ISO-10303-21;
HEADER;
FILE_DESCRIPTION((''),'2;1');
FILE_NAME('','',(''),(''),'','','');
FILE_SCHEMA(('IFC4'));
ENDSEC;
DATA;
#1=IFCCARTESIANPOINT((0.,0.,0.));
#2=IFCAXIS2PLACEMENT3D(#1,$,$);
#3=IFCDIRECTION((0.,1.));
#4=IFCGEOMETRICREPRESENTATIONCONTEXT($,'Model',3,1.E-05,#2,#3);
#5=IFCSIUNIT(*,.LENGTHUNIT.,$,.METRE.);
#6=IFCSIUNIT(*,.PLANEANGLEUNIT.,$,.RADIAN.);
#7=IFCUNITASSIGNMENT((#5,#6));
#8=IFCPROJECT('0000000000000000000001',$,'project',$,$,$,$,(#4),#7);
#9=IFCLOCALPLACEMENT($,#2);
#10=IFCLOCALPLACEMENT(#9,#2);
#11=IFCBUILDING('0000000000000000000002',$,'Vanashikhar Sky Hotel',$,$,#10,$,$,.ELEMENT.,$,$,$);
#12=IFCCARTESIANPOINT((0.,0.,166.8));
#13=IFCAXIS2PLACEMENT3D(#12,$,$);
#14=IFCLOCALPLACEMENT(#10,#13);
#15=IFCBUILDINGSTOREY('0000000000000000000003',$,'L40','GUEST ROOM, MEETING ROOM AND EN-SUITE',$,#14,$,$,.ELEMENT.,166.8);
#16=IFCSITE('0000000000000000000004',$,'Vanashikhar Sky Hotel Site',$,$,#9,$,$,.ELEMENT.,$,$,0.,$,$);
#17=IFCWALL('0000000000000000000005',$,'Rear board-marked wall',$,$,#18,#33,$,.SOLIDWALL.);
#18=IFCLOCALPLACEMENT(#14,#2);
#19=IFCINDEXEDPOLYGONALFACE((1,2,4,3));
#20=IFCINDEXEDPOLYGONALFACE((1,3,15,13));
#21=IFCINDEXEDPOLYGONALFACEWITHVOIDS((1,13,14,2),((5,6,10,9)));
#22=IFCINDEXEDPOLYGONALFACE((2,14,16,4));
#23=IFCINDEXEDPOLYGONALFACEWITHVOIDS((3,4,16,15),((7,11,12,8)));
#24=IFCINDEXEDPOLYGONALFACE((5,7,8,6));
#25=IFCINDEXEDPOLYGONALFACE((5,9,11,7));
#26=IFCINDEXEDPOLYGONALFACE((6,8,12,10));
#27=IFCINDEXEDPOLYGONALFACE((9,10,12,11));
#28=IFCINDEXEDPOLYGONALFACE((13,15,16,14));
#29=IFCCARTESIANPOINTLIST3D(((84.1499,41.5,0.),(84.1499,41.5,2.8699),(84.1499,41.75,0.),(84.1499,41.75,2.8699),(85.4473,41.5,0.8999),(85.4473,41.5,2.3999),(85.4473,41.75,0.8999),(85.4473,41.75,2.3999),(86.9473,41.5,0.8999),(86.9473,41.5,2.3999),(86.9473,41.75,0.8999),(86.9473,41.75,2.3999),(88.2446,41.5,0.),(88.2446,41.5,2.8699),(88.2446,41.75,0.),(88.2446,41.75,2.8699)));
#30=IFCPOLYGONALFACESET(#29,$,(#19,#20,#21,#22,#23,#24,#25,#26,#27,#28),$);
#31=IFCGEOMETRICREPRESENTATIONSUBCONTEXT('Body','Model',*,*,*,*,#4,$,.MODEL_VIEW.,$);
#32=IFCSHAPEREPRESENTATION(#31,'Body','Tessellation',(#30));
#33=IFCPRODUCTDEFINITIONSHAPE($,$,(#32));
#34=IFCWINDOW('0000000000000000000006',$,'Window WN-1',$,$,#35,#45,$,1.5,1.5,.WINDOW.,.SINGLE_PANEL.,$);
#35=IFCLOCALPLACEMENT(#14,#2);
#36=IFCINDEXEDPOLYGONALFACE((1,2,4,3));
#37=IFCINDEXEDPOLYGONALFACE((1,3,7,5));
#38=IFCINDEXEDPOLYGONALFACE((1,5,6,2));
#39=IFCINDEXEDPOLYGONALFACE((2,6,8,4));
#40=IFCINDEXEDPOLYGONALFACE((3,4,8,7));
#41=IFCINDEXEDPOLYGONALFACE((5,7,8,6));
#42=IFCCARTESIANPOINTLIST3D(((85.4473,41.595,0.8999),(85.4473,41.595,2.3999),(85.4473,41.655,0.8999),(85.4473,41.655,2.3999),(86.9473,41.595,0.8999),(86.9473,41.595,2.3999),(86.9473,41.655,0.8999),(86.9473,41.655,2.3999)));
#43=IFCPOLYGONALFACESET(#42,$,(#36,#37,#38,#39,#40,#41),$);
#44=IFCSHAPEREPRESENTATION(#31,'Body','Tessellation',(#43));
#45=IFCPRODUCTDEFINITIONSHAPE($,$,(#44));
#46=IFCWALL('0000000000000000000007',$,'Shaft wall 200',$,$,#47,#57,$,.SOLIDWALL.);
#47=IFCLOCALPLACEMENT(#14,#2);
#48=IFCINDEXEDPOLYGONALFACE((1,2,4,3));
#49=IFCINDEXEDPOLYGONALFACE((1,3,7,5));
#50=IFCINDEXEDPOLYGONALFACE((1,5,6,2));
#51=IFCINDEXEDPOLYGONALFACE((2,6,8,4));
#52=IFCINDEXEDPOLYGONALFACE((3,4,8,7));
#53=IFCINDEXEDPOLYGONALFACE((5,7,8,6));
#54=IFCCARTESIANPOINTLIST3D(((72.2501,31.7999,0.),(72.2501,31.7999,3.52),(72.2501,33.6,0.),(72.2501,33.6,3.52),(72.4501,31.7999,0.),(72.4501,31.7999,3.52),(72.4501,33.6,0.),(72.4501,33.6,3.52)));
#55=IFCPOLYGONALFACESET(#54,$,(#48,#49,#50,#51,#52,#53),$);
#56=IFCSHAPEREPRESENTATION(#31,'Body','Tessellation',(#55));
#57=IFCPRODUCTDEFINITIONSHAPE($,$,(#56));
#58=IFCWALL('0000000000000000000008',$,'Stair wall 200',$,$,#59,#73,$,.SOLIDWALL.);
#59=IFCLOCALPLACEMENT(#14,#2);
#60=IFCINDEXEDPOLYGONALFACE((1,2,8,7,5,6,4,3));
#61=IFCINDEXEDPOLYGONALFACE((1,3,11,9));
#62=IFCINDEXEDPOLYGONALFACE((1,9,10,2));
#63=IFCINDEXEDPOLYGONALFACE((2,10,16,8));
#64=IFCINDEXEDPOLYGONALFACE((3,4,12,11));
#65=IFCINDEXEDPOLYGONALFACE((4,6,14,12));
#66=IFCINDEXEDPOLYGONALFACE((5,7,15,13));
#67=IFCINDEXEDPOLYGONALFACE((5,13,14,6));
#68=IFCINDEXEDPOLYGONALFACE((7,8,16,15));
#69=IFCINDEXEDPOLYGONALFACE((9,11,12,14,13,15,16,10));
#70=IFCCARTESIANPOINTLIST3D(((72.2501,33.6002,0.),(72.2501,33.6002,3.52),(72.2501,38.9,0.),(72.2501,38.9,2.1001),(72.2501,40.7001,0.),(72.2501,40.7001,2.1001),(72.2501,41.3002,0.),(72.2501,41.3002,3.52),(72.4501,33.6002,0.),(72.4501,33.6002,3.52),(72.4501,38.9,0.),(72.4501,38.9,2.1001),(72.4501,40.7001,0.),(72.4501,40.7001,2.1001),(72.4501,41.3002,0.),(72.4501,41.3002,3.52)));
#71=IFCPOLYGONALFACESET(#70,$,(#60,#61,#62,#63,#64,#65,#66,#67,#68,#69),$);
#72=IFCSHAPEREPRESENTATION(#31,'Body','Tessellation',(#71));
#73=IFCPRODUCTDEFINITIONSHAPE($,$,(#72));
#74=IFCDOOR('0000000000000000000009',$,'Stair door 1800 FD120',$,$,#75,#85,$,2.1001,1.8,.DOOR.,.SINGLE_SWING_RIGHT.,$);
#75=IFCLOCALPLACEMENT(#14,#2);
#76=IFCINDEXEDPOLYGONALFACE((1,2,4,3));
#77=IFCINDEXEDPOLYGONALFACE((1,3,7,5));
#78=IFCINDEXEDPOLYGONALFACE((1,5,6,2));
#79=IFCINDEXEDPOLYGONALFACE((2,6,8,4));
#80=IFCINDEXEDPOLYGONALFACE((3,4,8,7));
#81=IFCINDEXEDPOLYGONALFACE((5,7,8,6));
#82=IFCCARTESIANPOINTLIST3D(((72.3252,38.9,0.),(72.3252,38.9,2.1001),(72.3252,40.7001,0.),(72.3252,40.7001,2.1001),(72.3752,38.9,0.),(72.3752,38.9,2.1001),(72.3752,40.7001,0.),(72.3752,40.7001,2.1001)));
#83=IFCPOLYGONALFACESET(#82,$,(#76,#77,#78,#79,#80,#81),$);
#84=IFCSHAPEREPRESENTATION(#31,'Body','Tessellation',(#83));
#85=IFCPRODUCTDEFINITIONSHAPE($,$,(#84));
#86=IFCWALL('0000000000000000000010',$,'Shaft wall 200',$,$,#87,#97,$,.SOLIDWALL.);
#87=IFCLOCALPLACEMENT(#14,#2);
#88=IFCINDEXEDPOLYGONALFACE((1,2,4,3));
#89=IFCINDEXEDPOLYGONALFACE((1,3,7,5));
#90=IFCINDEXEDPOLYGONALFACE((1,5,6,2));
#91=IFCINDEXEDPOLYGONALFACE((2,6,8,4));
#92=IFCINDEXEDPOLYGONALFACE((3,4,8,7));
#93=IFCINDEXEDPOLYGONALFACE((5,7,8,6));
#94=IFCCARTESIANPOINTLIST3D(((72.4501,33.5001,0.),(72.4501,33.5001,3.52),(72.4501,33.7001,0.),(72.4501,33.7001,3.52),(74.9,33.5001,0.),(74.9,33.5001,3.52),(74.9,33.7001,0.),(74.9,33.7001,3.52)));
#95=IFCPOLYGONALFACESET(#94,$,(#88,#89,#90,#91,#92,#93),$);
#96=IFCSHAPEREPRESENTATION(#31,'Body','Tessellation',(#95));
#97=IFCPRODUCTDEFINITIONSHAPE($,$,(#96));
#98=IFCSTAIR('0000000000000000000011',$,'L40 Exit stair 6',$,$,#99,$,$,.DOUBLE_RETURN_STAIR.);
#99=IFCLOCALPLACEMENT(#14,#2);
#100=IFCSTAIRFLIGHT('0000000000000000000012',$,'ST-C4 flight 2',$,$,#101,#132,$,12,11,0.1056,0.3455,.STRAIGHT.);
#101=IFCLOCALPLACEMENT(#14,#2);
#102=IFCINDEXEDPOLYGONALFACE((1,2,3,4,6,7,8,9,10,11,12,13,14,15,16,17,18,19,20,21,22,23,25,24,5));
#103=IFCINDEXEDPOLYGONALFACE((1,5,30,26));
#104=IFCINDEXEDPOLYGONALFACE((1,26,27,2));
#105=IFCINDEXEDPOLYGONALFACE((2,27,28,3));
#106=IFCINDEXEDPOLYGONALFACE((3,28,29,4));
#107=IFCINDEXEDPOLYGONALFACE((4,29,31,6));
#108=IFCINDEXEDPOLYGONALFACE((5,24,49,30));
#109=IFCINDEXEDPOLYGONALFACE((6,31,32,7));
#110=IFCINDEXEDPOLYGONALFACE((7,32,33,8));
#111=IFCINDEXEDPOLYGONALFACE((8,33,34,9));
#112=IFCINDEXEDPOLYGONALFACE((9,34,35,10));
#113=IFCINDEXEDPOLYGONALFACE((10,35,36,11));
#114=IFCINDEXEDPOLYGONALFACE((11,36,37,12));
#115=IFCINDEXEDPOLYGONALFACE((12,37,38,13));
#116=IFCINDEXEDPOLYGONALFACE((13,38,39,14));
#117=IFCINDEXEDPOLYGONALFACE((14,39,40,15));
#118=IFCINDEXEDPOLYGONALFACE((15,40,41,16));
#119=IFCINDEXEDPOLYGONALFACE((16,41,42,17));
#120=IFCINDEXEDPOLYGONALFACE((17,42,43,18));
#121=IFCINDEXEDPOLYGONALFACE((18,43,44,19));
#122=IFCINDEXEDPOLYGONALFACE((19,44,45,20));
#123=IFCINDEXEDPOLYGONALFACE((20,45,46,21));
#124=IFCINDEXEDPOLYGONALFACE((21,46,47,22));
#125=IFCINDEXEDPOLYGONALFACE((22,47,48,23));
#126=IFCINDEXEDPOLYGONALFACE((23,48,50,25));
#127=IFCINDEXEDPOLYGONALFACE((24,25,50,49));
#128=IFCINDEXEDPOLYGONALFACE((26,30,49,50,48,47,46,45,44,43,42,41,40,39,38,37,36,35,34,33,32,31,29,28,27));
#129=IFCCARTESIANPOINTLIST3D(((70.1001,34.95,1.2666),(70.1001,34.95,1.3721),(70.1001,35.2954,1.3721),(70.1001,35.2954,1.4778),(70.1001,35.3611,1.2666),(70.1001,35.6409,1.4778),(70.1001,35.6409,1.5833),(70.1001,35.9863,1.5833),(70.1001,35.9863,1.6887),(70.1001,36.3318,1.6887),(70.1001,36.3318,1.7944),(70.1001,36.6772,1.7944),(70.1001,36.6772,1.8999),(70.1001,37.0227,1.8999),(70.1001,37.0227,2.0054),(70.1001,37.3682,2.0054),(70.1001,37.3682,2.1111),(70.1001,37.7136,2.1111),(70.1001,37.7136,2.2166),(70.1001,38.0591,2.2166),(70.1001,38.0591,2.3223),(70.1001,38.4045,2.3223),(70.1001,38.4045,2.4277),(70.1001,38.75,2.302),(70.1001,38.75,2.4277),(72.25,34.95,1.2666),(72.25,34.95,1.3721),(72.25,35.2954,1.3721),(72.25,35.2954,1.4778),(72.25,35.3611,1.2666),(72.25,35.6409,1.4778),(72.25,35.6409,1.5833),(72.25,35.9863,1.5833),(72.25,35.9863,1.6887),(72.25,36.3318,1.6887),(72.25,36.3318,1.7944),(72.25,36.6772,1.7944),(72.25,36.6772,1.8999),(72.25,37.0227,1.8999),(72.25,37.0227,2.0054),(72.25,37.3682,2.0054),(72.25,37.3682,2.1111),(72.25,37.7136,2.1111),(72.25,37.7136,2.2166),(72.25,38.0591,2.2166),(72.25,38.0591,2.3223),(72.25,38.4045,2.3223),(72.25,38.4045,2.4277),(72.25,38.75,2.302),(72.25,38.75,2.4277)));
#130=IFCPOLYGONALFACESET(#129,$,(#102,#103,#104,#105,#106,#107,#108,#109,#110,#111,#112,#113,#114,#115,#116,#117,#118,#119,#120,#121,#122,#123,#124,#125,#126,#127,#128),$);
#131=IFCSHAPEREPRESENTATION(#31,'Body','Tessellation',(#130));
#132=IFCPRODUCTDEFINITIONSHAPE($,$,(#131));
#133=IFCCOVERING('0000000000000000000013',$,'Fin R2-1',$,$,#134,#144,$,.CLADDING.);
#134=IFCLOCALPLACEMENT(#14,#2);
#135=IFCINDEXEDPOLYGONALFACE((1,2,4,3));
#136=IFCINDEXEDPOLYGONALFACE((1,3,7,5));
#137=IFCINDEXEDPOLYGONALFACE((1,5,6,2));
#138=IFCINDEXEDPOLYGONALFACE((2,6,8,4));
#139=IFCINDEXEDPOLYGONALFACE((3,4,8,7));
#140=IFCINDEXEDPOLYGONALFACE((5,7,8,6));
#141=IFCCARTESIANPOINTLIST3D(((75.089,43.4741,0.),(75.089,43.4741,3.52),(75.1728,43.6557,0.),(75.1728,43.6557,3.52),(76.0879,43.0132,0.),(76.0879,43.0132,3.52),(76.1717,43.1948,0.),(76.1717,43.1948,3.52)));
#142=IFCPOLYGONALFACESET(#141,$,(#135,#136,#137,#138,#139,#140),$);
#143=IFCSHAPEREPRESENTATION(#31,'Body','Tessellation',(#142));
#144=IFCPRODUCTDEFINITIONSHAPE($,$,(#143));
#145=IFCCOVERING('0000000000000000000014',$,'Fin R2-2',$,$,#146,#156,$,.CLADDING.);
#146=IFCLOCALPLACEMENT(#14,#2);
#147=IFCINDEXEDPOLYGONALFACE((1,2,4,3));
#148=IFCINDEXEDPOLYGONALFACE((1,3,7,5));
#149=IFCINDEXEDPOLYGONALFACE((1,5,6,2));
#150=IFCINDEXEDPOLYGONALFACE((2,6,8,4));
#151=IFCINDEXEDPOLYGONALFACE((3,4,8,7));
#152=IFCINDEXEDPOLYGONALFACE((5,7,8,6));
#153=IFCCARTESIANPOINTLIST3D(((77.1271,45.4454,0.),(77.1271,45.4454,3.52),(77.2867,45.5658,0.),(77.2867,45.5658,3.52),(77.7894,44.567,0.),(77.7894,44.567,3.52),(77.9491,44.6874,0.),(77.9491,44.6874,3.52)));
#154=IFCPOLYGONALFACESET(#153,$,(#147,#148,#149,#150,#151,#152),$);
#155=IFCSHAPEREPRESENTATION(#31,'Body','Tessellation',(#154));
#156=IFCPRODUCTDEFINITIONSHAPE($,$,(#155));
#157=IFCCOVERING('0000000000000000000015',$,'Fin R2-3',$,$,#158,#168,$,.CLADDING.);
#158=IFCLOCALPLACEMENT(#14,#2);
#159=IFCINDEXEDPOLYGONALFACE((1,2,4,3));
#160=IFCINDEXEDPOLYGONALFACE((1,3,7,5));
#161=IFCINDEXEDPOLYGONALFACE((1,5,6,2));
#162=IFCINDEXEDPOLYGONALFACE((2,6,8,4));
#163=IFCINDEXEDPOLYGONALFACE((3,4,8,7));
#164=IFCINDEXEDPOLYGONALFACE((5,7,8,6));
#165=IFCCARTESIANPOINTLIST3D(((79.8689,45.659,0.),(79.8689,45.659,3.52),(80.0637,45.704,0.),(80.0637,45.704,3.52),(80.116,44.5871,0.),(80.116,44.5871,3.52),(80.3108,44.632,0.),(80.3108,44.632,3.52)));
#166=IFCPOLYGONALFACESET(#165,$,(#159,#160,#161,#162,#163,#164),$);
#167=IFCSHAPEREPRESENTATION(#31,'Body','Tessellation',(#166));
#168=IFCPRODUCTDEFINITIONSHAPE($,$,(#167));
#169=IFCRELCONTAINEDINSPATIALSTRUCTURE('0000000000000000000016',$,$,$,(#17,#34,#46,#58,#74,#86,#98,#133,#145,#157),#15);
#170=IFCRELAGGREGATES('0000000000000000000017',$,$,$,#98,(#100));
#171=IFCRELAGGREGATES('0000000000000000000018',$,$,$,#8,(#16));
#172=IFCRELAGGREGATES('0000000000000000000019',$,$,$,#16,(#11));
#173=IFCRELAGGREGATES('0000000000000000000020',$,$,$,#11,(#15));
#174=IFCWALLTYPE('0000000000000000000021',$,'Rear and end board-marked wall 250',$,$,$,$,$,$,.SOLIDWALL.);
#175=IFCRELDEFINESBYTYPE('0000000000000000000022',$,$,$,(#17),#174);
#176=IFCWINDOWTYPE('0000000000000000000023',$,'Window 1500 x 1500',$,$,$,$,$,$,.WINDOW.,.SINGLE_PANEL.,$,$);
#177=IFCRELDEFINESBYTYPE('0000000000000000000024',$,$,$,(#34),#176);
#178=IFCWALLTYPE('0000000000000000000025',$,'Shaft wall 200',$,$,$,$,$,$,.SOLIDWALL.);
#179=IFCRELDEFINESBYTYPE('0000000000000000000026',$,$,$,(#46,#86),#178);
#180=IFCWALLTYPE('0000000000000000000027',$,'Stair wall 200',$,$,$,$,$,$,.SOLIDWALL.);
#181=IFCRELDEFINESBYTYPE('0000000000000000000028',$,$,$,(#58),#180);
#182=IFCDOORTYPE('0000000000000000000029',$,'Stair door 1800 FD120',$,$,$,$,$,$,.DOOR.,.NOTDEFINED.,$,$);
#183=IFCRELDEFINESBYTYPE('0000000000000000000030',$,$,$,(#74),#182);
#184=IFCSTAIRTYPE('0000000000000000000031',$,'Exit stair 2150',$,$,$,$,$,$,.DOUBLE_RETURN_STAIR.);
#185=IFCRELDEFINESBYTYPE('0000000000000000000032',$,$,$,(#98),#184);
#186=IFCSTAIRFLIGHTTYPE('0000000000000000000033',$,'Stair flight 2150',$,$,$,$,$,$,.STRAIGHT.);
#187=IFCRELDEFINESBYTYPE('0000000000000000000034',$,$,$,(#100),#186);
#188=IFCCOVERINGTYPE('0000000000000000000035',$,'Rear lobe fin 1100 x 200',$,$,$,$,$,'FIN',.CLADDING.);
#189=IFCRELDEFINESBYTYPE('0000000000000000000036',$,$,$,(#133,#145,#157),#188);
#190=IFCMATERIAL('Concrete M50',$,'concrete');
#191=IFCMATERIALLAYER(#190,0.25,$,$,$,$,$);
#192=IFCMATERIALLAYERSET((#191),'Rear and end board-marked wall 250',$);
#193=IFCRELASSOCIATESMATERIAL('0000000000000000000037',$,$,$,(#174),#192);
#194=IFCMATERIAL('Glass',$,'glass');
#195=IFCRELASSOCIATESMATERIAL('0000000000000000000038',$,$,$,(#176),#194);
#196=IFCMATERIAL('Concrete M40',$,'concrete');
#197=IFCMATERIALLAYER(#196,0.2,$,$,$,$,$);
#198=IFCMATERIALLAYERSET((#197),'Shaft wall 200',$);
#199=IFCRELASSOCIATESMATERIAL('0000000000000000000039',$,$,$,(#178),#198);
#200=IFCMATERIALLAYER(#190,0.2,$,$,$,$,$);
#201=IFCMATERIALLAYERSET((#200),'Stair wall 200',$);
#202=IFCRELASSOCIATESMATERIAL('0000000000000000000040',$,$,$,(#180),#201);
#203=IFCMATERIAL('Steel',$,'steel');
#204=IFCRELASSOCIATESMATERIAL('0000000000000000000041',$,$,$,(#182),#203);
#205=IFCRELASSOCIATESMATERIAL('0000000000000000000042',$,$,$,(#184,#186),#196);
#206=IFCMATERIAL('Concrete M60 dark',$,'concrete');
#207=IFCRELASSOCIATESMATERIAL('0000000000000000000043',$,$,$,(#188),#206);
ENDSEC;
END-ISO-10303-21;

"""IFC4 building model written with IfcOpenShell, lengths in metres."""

from ifc_helpers import new_model, si_unit, direction, frame, frame_2d, origin, origin_2d, place, context, subcontext, project, spatial, polyline, rectangle, outline, extrude, source, transform, mapped, material, layer, layer_set, material_profile, profile_set, type_object, element, fill, aggregate, save


model = new_model("IFC4")

# Units and contexts
model_context = context("Model", 3, precision=1e-05, world=origin(), true_north=direction((0.0, 1.0)))
body_context = subcontext(model_context, "Body", "Model", "MODEL_VIEW")
ifc_project = project(units=[si_unit("LENGTHUNIT", "METRE"), si_unit("PLANEANGLEUNIT", "RADIAN")], contexts=[model_context])

# Site, building, storey
site_placement = place(None, origin())
site = spatial("IfcSite", under=ifc_project, at=site_placement, Name="Vanashikhar Sky Hotel Site", CompositionType="ELEMENT", RefElevation=0.0)
building_placement = place(site_placement, origin())
building = spatial("IfcBuilding", under=site, at=building_placement, Name="Vanashikhar Sky Hotel", CompositionType="ELEMENT")
storey_placement = place(building_placement, frame((0.0, 0.0, 166.8)))
storey = spatial("IfcBuildingStorey", under=building, at=storey_placement, Name="L40", Description="GUEST ROOM, MEETING ROOM AND EN-SUITE", CompositionType="ELEMENT", Elevation=166.8)

# Shared definitions
ifc_material_1 = material(Name="Concrete M50", Category="concrete")
ifc_material_2 = material(Name="Glass", Category="glass")

# Shared definitions
ifc_layer_1 = layer(ifc_material_1, 0.25)
ifc_layer_set_1 = layer_set([ifc_layer_1], Name="Rear and end board-marked wall 250")
wall_type_1 = type_object("IfcWallType", Name="Rear and end board-marked wall 250", PredefinedType="SOLIDWALL", material=ifc_layer_set_1)

# Wall, opening, window
shared_shape_1 = source(origin(), body_context, "Body", "SweptSolid", [
    extrude(rectangle(XDim=4.0947, YDim=0.25, at=frame_2d((2.0474, 0.0))), origin(), (0.0, 0.0, 1.0), 2.8699),
])
wall_1_placement = place(storey_placement, frame((88.2446, 41.625, 0.0), z_axis=(0.0, 0.0, 1.0), x_axis=(-1.0, 0.0, 0.0)))
wall_1 = element("IfcWall", 1, at=wall_1_placement, inside=storey, type_object=wall_type_1, Name="Rear board-marked wall", PredefinedType="SOLIDWALL", context=body_context, shape_type="MappedRepresentation", body=[
    mapped(shared_shape_1, transform((0.0, 0.0, 0.0), scale=1.0)),
])
shared_shape_2 = source(origin(), body_context, "Body", "SweptSolid", [
    extrude(rectangle(XDim=1.5, YDim=1.5, at=frame_2d((0.75, 0.75))), frame((0.0, 0.135, 0.0), z_axis=(0.0, -1.0, 0.0), x_axis=(1.0, 0.0, 0.0)), (0.0, 0.0, 1.0), 0.27),
])
opening_1_placement = place(wall_1_placement, frame((1.2974, 0.0, 0.8999)))
opening_1 = element("IfcOpeningElement", 2, at=opening_1_placement, cuts=wall_1, PredefinedType="OPENING", context=body_context, shape_type="MappedRepresentation", body=[
    mapped(shared_shape_2, transform((0.0, 0.0, 0.0), scale=1.0)),
])
window_type_1 = type_object("IfcWindowType", Name="Window 1500 x 1500", PartitioningType="SINGLE_PANEL", PredefinedType="WINDOW", material=ifc_material_2)
shared_shape_3 = source(origin(), body_context, "Body", "SweptSolid", [
    extrude(rectangle(XDim=1.5, YDim=1.5, at=frame_2d((0.75, 0.75))), frame((0.0, 0.03, 0.0), z_axis=(0.0, -1.0, 0.0), x_axis=(1.0, 0.0, 0.0)), (0.0, 0.0, 1.0), 0.0601),
])
window_1_placement = place(opening_1_placement, origin())
window_1 = element("IfcWindow", 3, at=window_1_placement, inside=storey, type_object=window_type_1, Name="Window WN-1", OverallHeight=1.5, OverallWidth=1.5, PartitioningType="SINGLE_PANEL", PredefinedType="WINDOW", context=body_context, shape_type="MappedRepresentation", body=[
    mapped(shared_shape_3, transform((0.0, 0.0, 0.0), scale=1.0)),
])
fill(opening_1, window_1)

# Wall
ifc_material_3 = material(Name="Concrete M40", Category="concrete")
ifc_layer_2 = layer(ifc_material_3, 0.2)
ifc_layer_set_2 = layer_set([ifc_layer_2], Name="Shaft wall 200")
wall_type_2 = type_object("IfcWallType", Name="Shaft wall 200", PredefinedType="SOLIDWALL", material=ifc_layer_set_2)
shared_shape_4 = source(origin(), body_context, "Body", "SweptSolid", [
    extrude(rectangle(XDim=1.8, YDim=0.2, at=frame_2d((0.8999, 0.0))), origin(), (0.0, 0.0, 1.0), 3.52),
])
wall_2_placement = place(storey_placement, frame((72.3501, 31.8, 0.0), z_axis=(0.0, 0.0, 1.0), x_axis=(0.0, 1.0, 0.0)))
element("IfcWall", 4, at=wall_2_placement, inside=storey, type_object=wall_type_2, Name="Shaft wall 200", PredefinedType="SOLIDWALL", context=body_context, shape_type="MappedRepresentation", body=[
    mapped(shared_shape_4, transform((0.0, 0.0, 0.0), scale=1.0)),
])

# Wall, opening, door
ifc_layer_3 = layer(ifc_material_1, 0.2)
ifc_layer_set_3 = layer_set([ifc_layer_3], Name="Stair wall 200")
wall_type_3 = type_object("IfcWallType", Name="Stair wall 200", PredefinedType="SOLIDWALL", material=ifc_layer_set_3)
shared_shape_5 = source(origin(), body_context, "Body", "SweptSolid", [
    extrude(rectangle(XDim=7.7, YDim=0.2, at=frame_2d((3.8501, 0.0))), origin(), (0.0, 0.0, 1.0), 3.52),
])
wall_3_placement = place(storey_placement, frame((72.3501, 33.6001, 0.0), z_axis=(0.0, 0.0, 1.0), x_axis=(0.0, 1.0, 0.0)))
wall_3 = element("IfcWall", 5, at=wall_3_placement, inside=storey, type_object=wall_type_3, Name="Stair wall 200", PredefinedType="SOLIDWALL", context=body_context, shape_type="MappedRepresentation", body=[
    mapped(shared_shape_5, transform((0.0, 0.0, 0.0), scale=1.0)),
])
shared_shape_6 = source(origin(), body_context, "Body", "SweptSolid", [
    extrude(rectangle(XDim=1.8, YDim=2.1001, at=frame_2d((0.8999, 1.05))), frame((0.0, 0.1099, 0.0), z_axis=(0.0, -1.0, 0.0), x_axis=(1.0, 0.0, 0.0)), (0.0, 0.0, 1.0), 0.22),
])
opening_2_placement = place(wall_3_placement, frame((5.3, 0.0, 0.0)))
opening_2 = element("IfcOpeningElement", 6, at=opening_2_placement, cuts=wall_3, PredefinedType="OPENING", context=body_context, shape_type="MappedRepresentation", body=[
    mapped(shared_shape_6, transform((0.0, 0.0, 0.0), scale=1.0)),
])
ifc_material_4 = material(Name="Steel", Category="steel")
door_type = type_object("IfcDoorType", Name="Stair door 1800 FD120", OperationType="NOTDEFINED", PredefinedType="DOOR", material=ifc_material_4)
shared_shape_7 = source(origin(), body_context, "Body", "SweptSolid", [
    extrude(rectangle(XDim=1.8, YDim=2.1001, at=frame_2d((0.8999, 1.05))), frame((0.0, 0.0249, 0.0), z_axis=(0.0, -1.0, 0.0), x_axis=(1.0, 0.0, 0.0)), (0.0, 0.0, 1.0), 0.05),
])
door_placement = place(opening_2_placement, origin())
door = element("IfcDoor", 7, at=door_placement, inside=storey, type_object=door_type, Name="Stair door 1800 FD120", OperationType="SINGLE_SWING_RIGHT", OverallHeight=2.1001, OverallWidth=1.8, PredefinedType="DOOR", context=body_context, shape_type="MappedRepresentation", body=[
    mapped(shared_shape_7, transform((0.0, 0.0, 0.0), scale=1.0)),
])
fill(opening_2, door)

# Wall
shared_shape_8 = source(origin(), body_context, "Body", "SweptSolid", [
    extrude(rectangle(XDim=2.45, YDim=0.2, at=frame_2d((1.2251, 0.0))), origin(), (0.0, 0.0, 1.0), 3.52),
])
wall_4_placement = place(storey_placement, frame((72.45, 33.6001, 0.0), z_axis=(0.0, 0.0, 1.0), x_axis=(1.0, 0.0, 0.0)))
element("IfcWall", 8, at=wall_4_placement, inside=storey, type_object=wall_type_2, Name="Shaft wall 200", PredefinedType="SOLIDWALL", context=body_context, shape_type="MappedRepresentation", body=[
    mapped(shared_shape_8, transform((0.0, 0.0, 0.0), scale=1.0)),
])

# Stair, stair flight
stair_type = type_object("IfcStairType", Name="Exit stair 2150", PredefinedType="DOUBLE_RETURN_STAIR", material=ifc_material_3)
stair_placement = place(storey_placement, origin())
stair = element("IfcStair", 9, at=stair_placement, inside=storey, type_object=stair_type, Name="L40 Exit stair 6", PredefinedType="DOUBLE_RETURN_STAIR")
stair_flight_type = type_object("IfcStairFlightType", Name="Stair flight 2150", PredefinedType="STRAIGHT", material=ifc_material_3)
shared_shape_9 = source(origin(), body_context, "Body", "SweptSolid", [
    extrude(outline(polyline([(0.0, 0.0), (0.0, 0.1055), (0.3455, 0.1055), (0.3455, 0.2112), (0.6909, 0.2112), (0.6909, 0.3167), (1.0364, 0.3167), (1.0364, 0.4221), (1.3818, 0.4221), (1.3818, 0.5278), (1.7273, 0.5278), (1.7273, 0.6333), (2.0728, 0.6333), (2.0728, 0.7388), (2.4182, 0.7388), (2.4182, 0.8445), (2.7637, 0.8445), (2.7637, 0.95), (3.1091, 0.95), (3.1091, 1.0557), (3.4546, 1.0557), (3.4546, 1.1611), (3.8, 1.1611), (3.8, 1.2666), (3.8, 1.0354), (0.4111, 0.0), (0.0, 0.0)])), frame((0.0, 1.075, 0.0), z_axis=(0.0, -1.0, 0.0), x_axis=(1.0, 0.0, 0.0)), (0.0, 0.0, 1.0), 2.1499),
])
stair_flight_placement = place(storey_placement, frame((71.175, 34.95, 1.2666), z_axis=(0.0, 0.0, 1.0), x_axis=(0.0, 1.0, 0.0)))
stair_flight = element("IfcStairFlight", 10, at=stair_flight_placement, type_object=stair_flight_type, Name="ST-C4 flight 2", NumberOfRisers=12, NumberOfTreads=11, PredefinedType="STRAIGHT", RiserHeight=0.1056, TreadLength=0.3455, context=body_context, shape_type="MappedRepresentation", body=[
    mapped(shared_shape_9, transform((0.0, 0.0, 0.0), scale=1.0)),
])
aggregate(stair, [stair_flight])

# Coverings
ifc_material_5 = material(Name="Concrete M60 dark", Category="concrete")
ifc_material_profile_1 = material_profile(ifc_material_5, rectangle(XDim=1.1001, YDim=0.2, at=origin_2d()))
ifc_profile_set_1 = profile_set([ifc_material_profile_1], Name="Rear lobe fin 1100 x 200")
covering_type_1 = type_object("IfcCoveringType", Name="Rear lobe fin 1100 x 200", ElementType="FIN", PredefinedType="CLADDING", material=ifc_profile_set_1)
shared_shape_10 = source(origin(), body_context, "Body", "SweptSolid", [
    extrude(rectangle(XDim=1.1001, YDim=0.2, at=origin_2d()), origin(), (0.0, 0.0, 1.0), 3.52),
])
for number, where, z_axis, x_axis, name in (
    (11, (75.6304, 43.3345, 0.0), (0.0, 0.0, 1.0), (-0.908004, 0.418961, 0.0), "Fin R2-1"),
    (12, (77.5381, 45.0664, 0.0), (0.0, 0.0, 1.0), (-0.602066, 0.798446, 0.0), "Fin R2-2"),
    (13, (80.0898, 45.1455, 0.0), (0.0, 0.0, 1.0), (-0.224645, 0.974441, 0.0), "Fin R2-3"),
):
    element("IfcCovering", number, at=place(storey_placement, frame(where, z_axis=z_axis, x_axis=x_axis)), inside=storey, type_object=covering_type_1, Name=name, PredefinedType="CLADDING", context=body_context, shape_type="MappedRepresentation", body=[
        mapped(shared_shape_10, transform((0.0, 0.0, 0.0), scale=1.0)),
    ])

save(model, "model.ifc")
